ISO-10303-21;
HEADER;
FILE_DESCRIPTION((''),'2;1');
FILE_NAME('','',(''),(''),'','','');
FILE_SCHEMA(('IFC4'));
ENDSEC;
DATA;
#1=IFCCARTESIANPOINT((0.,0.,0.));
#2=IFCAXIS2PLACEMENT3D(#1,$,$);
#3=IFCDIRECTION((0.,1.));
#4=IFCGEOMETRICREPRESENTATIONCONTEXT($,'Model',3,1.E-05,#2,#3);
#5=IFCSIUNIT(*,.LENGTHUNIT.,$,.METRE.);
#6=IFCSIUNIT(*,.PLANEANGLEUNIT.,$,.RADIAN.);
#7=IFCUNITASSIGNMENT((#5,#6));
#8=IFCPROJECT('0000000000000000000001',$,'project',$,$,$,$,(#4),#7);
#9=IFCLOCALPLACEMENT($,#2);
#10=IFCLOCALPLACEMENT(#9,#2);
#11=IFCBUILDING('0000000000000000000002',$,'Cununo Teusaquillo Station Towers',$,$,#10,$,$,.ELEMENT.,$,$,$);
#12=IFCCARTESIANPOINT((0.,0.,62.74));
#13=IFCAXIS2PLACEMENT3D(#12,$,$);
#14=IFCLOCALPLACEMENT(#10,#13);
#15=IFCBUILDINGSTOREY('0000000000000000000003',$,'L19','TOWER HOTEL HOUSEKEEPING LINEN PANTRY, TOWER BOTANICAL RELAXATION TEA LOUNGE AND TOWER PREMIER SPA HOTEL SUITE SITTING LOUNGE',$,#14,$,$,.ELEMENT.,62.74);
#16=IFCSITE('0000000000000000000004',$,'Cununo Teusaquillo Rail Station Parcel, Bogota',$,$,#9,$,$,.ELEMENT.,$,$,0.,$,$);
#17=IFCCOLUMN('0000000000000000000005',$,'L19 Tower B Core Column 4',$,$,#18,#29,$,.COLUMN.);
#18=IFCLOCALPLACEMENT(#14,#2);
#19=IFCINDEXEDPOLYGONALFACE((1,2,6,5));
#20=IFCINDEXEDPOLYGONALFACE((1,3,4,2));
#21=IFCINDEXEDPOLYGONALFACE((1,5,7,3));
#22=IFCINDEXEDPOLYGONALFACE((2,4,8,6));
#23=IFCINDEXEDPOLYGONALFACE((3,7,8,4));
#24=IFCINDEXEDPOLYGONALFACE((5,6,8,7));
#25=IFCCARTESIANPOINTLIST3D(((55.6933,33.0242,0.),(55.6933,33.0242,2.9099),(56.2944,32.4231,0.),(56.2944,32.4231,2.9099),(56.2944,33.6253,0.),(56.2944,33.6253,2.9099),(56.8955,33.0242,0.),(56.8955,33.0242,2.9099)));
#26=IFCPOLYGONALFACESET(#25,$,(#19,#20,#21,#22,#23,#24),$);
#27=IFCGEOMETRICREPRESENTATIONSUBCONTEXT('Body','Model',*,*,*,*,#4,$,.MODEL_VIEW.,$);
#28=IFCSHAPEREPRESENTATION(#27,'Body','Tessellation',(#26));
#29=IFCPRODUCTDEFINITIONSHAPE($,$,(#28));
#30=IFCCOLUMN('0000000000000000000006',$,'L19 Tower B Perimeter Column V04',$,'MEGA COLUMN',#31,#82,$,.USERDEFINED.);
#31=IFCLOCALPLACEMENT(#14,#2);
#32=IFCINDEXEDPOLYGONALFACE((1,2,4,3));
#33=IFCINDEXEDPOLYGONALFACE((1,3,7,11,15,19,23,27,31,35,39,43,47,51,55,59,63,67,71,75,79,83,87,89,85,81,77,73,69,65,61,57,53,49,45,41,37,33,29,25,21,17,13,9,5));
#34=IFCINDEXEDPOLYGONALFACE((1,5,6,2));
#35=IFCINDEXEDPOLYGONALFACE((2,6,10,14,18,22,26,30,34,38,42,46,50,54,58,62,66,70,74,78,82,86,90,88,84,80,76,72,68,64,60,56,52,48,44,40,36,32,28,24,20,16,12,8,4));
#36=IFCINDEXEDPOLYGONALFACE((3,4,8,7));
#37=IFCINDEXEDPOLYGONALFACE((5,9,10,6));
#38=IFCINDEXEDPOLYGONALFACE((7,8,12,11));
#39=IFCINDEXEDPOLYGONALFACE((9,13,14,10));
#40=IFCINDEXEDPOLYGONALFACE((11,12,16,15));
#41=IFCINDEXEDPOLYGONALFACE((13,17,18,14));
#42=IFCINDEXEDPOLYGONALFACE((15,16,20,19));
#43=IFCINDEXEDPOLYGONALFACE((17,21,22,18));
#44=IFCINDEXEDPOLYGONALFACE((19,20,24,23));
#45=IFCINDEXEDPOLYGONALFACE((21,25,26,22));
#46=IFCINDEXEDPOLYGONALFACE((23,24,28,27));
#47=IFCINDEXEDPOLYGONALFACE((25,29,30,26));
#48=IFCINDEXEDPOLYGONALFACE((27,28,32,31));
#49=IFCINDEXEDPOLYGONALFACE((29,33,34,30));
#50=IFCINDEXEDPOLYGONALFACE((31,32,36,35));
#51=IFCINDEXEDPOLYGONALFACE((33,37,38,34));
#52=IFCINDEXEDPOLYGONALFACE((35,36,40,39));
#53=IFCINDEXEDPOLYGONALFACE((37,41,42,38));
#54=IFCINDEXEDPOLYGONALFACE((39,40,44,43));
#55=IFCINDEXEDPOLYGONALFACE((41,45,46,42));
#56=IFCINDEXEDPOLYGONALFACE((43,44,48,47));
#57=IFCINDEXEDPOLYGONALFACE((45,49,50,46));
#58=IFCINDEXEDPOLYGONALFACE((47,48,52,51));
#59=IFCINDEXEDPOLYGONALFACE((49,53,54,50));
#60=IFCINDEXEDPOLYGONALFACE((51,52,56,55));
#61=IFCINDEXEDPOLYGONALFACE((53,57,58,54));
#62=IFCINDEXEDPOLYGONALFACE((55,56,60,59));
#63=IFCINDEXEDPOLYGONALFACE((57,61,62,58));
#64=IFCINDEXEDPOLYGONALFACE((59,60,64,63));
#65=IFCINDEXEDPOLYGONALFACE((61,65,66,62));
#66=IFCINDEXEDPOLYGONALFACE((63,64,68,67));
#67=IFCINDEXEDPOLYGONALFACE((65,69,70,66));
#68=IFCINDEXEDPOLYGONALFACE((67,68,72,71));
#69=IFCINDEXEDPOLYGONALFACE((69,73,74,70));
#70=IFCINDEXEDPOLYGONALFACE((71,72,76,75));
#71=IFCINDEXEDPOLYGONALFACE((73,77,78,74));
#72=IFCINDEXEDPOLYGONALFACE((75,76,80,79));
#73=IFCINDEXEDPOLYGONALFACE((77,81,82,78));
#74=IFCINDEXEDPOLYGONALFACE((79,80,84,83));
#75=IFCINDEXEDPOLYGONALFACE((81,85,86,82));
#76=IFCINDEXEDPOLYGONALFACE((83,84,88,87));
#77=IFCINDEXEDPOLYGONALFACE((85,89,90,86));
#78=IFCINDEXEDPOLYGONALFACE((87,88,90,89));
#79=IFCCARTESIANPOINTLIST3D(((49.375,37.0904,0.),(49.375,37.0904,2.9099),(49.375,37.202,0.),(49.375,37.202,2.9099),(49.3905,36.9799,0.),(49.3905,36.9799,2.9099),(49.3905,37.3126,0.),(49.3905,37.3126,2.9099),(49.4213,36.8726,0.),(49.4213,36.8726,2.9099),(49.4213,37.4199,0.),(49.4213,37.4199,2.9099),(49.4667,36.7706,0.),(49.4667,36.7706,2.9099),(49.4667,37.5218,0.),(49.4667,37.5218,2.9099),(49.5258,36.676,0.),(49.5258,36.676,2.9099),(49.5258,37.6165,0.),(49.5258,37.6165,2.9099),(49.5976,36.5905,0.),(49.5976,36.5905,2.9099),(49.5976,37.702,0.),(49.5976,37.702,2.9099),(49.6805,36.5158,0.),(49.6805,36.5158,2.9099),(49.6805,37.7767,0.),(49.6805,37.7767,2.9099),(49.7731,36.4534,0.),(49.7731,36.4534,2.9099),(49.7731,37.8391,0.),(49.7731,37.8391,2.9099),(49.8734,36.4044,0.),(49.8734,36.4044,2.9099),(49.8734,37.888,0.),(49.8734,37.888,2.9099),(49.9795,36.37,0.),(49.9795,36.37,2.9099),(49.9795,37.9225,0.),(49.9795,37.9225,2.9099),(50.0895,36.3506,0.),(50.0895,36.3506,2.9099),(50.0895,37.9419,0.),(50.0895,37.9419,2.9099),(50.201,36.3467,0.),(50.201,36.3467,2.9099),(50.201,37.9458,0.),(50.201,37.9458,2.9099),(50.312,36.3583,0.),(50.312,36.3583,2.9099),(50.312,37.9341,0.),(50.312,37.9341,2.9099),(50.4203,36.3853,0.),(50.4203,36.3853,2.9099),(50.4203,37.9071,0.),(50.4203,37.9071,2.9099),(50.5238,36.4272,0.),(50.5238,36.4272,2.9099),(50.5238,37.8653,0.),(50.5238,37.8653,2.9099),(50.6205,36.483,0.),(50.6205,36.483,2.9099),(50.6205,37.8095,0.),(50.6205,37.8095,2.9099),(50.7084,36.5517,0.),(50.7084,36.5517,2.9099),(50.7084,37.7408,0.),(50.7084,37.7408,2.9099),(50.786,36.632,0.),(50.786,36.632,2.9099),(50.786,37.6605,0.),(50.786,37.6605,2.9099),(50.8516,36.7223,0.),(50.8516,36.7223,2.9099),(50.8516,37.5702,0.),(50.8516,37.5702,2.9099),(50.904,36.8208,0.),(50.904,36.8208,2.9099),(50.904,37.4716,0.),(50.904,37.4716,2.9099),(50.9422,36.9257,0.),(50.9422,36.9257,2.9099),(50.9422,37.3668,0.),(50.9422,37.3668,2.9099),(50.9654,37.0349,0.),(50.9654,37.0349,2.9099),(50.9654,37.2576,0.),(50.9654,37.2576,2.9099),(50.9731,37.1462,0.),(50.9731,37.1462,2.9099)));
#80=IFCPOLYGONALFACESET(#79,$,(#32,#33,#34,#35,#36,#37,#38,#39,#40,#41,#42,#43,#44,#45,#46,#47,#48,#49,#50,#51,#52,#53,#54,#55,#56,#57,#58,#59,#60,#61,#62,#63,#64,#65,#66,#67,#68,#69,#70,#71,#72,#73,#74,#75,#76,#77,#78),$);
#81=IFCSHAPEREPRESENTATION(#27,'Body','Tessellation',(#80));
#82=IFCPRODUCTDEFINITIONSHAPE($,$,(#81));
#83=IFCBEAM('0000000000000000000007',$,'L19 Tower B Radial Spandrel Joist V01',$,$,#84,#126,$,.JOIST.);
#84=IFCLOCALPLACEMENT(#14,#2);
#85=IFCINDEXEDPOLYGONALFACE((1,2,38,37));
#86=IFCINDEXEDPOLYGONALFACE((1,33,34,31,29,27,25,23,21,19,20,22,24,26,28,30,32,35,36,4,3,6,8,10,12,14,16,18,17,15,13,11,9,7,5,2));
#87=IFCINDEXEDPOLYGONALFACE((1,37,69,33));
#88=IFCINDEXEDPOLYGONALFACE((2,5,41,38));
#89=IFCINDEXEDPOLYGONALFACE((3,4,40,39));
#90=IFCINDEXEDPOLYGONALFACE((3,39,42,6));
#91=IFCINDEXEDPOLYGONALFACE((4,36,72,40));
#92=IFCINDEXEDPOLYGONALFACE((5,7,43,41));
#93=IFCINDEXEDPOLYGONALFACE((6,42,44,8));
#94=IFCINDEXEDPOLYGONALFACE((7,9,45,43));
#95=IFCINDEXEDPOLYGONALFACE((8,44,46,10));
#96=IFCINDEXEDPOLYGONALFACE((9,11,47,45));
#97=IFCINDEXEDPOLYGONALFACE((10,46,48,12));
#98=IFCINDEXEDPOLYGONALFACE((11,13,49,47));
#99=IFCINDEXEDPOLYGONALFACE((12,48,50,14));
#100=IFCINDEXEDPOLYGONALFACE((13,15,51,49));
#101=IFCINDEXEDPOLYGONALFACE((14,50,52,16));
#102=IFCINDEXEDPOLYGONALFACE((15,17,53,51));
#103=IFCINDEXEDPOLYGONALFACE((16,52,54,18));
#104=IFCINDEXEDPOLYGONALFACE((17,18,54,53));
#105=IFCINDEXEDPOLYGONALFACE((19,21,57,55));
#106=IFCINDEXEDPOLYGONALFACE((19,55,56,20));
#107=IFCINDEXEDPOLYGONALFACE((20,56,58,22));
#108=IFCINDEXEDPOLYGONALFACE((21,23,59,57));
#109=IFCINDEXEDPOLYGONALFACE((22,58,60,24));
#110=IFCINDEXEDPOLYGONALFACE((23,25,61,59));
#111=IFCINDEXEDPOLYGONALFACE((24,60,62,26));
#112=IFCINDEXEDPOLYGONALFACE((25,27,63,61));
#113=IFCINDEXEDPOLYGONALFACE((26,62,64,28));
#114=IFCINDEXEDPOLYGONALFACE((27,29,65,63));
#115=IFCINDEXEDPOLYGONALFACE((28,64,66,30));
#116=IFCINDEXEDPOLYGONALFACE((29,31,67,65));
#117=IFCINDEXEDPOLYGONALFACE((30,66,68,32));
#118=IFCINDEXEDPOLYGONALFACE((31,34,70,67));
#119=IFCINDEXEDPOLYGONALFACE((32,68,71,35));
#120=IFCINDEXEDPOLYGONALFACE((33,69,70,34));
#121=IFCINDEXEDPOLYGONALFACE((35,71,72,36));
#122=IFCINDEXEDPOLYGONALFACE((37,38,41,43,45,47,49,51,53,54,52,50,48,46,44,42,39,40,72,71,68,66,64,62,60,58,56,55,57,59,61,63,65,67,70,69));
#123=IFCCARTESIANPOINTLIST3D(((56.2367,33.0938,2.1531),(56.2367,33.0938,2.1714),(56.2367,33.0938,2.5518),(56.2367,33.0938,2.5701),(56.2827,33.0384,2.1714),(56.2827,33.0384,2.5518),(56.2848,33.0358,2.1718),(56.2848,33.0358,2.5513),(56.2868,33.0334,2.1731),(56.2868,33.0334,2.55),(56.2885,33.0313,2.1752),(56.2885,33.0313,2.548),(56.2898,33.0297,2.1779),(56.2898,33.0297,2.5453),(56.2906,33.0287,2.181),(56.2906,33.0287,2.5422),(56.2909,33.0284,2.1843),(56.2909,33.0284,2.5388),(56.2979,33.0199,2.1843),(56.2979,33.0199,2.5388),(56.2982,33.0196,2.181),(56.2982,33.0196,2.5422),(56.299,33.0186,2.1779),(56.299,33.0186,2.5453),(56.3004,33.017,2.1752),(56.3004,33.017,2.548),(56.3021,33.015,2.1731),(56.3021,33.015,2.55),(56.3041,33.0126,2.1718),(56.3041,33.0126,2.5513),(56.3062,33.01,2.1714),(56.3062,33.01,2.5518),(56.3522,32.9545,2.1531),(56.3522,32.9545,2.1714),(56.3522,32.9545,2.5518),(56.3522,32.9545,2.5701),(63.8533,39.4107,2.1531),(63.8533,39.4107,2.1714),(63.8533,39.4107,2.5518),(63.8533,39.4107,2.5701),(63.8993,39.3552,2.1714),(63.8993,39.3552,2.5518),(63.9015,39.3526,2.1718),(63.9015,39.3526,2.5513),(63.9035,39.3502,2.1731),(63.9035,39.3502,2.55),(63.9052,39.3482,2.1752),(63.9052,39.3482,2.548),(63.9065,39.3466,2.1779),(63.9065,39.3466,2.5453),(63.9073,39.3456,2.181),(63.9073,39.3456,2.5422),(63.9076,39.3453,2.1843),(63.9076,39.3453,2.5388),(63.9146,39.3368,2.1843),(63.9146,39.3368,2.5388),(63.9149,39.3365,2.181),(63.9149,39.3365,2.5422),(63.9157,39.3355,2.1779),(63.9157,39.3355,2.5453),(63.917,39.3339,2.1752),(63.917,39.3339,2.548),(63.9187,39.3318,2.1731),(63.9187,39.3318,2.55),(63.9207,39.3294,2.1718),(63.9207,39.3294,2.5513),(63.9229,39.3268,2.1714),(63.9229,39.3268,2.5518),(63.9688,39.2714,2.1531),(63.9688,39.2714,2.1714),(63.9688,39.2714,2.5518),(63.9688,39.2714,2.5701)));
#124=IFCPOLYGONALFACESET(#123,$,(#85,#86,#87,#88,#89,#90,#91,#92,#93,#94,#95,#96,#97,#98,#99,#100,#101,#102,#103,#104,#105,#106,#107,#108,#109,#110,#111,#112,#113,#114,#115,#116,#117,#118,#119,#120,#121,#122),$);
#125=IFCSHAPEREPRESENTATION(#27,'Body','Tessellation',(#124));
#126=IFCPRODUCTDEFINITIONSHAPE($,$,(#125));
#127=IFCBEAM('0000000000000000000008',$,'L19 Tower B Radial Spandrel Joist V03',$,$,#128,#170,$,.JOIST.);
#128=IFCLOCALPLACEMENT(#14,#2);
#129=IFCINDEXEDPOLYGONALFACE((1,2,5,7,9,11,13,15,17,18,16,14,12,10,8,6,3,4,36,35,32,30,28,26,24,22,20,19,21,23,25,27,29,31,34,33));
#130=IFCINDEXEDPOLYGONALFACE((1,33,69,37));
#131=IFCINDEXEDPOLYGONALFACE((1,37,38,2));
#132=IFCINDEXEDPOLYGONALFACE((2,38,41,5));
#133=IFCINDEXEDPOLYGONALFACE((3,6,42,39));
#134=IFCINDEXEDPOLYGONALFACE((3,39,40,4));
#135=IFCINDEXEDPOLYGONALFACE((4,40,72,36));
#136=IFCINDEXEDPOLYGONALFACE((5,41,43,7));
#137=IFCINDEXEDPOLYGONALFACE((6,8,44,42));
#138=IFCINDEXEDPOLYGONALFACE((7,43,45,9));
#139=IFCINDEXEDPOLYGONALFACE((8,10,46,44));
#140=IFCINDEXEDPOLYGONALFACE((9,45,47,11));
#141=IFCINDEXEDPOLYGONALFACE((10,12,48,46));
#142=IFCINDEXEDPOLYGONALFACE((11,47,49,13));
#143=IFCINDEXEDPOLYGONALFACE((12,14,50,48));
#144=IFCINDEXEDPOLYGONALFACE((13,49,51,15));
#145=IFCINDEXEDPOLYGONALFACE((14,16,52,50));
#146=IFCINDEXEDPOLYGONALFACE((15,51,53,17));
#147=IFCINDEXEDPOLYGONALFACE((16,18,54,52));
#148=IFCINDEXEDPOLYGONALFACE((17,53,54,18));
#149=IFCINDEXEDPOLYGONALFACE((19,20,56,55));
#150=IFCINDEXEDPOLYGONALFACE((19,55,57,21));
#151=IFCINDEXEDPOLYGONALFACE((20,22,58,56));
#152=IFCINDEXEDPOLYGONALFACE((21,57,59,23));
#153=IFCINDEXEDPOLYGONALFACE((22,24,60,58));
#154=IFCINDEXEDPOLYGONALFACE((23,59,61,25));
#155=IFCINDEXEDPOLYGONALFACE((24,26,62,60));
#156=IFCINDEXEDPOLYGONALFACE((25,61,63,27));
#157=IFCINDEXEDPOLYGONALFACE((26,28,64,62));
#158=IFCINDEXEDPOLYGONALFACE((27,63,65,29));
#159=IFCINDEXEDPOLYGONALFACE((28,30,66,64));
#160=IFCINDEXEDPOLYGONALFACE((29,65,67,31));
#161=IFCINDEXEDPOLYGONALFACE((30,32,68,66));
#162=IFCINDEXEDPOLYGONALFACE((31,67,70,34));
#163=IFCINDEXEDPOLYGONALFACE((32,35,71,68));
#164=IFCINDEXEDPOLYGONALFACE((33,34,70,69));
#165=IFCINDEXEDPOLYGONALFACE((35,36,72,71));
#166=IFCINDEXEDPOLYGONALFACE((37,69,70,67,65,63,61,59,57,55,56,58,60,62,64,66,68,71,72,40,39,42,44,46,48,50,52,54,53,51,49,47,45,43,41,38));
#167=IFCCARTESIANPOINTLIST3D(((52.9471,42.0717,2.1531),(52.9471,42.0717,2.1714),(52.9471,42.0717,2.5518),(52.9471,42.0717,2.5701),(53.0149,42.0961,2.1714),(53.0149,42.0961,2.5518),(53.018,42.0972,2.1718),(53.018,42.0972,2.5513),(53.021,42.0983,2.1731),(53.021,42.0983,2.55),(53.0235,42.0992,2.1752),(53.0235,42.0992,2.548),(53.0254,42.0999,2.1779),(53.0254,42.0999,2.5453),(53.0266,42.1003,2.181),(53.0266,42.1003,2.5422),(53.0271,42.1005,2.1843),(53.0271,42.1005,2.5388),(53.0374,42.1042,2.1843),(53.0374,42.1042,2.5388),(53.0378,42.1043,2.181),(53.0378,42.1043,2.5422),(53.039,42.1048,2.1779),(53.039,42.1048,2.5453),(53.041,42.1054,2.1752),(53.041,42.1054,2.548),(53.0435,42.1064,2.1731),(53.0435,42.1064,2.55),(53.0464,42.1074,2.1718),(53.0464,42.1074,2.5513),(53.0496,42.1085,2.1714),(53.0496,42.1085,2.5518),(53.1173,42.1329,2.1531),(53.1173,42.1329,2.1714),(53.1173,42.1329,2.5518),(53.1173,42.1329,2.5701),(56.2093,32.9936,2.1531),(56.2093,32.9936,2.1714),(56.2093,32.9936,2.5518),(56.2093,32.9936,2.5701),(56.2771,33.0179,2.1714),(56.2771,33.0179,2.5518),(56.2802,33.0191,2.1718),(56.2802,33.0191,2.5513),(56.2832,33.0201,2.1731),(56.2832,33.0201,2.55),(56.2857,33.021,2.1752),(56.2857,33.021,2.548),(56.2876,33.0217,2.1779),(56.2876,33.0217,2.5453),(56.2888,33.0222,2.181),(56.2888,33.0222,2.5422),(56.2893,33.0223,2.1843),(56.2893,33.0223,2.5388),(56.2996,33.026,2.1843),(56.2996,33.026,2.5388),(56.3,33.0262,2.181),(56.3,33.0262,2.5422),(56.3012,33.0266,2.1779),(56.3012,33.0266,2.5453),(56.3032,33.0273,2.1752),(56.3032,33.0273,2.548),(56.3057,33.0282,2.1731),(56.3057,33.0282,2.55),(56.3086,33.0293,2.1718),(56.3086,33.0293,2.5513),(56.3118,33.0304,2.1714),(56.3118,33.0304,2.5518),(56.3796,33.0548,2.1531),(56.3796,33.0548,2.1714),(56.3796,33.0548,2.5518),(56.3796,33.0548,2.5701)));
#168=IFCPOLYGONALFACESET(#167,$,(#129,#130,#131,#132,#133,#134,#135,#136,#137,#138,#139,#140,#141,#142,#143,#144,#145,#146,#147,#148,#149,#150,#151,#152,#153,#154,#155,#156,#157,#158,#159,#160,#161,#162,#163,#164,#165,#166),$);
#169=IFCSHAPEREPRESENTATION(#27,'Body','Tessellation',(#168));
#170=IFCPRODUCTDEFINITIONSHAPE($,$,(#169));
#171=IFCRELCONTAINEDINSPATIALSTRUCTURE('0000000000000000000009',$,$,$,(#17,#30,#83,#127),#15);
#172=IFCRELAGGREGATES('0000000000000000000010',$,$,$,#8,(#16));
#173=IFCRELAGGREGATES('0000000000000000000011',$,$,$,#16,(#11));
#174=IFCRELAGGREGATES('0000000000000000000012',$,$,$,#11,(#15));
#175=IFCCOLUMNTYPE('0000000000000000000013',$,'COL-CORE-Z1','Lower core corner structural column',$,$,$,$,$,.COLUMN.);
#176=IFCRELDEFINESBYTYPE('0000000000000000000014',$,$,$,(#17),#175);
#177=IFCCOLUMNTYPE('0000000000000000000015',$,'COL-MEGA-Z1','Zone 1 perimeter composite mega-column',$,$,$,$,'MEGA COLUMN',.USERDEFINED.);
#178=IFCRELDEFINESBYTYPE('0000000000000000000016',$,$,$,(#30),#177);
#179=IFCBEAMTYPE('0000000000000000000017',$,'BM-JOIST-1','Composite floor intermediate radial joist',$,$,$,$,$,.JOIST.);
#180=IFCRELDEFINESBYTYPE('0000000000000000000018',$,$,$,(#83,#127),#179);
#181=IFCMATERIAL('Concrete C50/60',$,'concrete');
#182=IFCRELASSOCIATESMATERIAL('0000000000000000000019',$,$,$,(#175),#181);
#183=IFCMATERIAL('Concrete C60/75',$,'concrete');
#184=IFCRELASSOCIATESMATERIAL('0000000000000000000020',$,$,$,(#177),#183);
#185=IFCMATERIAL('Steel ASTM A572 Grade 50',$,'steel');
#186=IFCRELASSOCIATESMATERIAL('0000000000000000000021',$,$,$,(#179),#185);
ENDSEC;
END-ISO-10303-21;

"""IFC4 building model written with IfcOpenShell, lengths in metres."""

from ifc_helpers import new_model, si_unit, direction, frame, origin, origin_2d, place, context, subcontext, project, spatial, rectangle, circle, i_section, extrude, material, material_profile, profile_set, type_object, element, save


model = new_model("IFC4")

# Units and contexts
model_context = context("Model", 3, precision=1e-05, world=origin(), true_north=direction((0.0, 1.0)))
body_context = subcontext(model_context, "Body", "Model", "MODEL_VIEW")
ifc_project = project(units=[si_unit("LENGTHUNIT", "METRE"), si_unit("PLANEANGLEUNIT", "RADIAN")], contexts=[model_context])

# Site, building, storey
site_placement = place(None, origin())
site = spatial("IfcSite", under=ifc_project, at=site_placement, Name="Cununo Teusaquillo Rail Station Parcel, Bogota", CompositionType="ELEMENT", RefElevation=0.0)
building_placement = place(site_placement, origin())
building = spatial("IfcBuilding", under=site, at=building_placement, Name="Cununo Teusaquillo Station Towers", CompositionType="ELEMENT")
storey_placement = place(building_placement, frame((0.0, 0.0, 62.74)))
storey = spatial("IfcBuildingStorey", under=building, at=storey_placement, Name="L19", Description="TOWER HOTEL HOUSEKEEPING LINEN PANTRY, TOWER BOTANICAL RELAXATION TEA LOUNGE AND TOWER PREMIER SPA HOTEL SUITE SITTING LOUNGE", CompositionType="ELEMENT", Elevation=62.74)

# Columns
ifc_material_1 = material(Name="Concrete C50/60", Category="concrete")
ifc_material_profile_1 = material_profile(ifc_material_1, rectangle(XDim=0.8501, YDim=0.8501, at=origin_2d()), Name="RC-RECT-850x850")
ifc_profile_set_1 = profile_set([ifc_material_profile_1], Name="Concrete C50/60")
column_type_1 = type_object("IfcColumnType", Name="COL-CORE-Z1", Description="Lower core corner structural column", PredefinedType="COLUMN", material=ifc_profile_set_1)
column_1_placement = place(storey_placement, frame((56.2944, 33.0242, 0.0), z_axis=(0.0, 0.0, 1.0), x_axis=(0.707107, 0.707107, 0.0)))
element("IfcColumn", 1, at=column_1_placement, inside=storey, type_object=column_type_1, Name="L19 Tower B Core Column 4", PredefinedType="COLUMN", context=body_context, shape_type="SweptSolid", body=[
    extrude(rectangle(XDim=0.8501, YDim=0.8501, at=origin_2d()), origin(), (0.0, 0.0, 1.0), 2.9099),
])
ifc_material_2 = material(Name="Concrete C60/75", Category="concrete")
ifc_material_profile_2 = material_profile(ifc_material_2, circle(Radius=0.8, at=origin_2d()), Name="RC-CIRC-1600")
ifc_profile_set_2 = profile_set([ifc_material_profile_2], Name="Concrete C60/75")
column_type_2 = type_object("IfcColumnType", Name="COL-MEGA-Z1", Description="Zone 1 perimeter composite mega-column", ElementType="MEGA COLUMN", PredefinedType="USERDEFINED", material=ifc_profile_set_2)
column_2_placement = place(storey_placement, frame((50.1731, 37.1462, 0.0), z_axis=(0.0, 0.0, 1.0), x_axis=(1.0, 0.0, 0.0)))
element("IfcColumn", 2, at=column_2_placement, inside=storey, type_object=column_type_2, Name="L19 Tower B Perimeter Column V04", ObjectType="MEGA COLUMN", PredefinedType="USERDEFINED", context=body_context, shape_type="SweptSolid", body=[
    extrude(circle(Radius=0.8, at=origin_2d()), origin(), (0.0, 0.0, 1.0), 2.9099),
])

# Beams
ifc_material_3 = material(Name="Steel ASTM A572 Grade 50", Category="steel")
ifc_material_profile_3 = material_profile(ifc_material_3, i_section(OverallWidth=0.1809, OverallDepth=0.417, WebThickness=0.011, FlangeThickness=0.0183, FilletRadius=0.0129, at=origin_2d()), Name="W16X57")
ifc_profile_set_3 = profile_set([ifc_material_profile_3], Name="Steel ASTM A572 Grade 50")
beam_type_1 = type_object("IfcBeamType", Name="BM-JOIST-1", Description="Composite floor intermediate radial joist", PredefinedType="JOIST", material=ifc_profile_set_3)
beam_1_placement = place(storey_placement, frame((56.2944, 33.0242, 2.3616), z_axis=(0.769728, 0.638372, 0.0), x_axis=(-0.638372, 0.769728, 0.0)))
element("IfcBeam", 3, at=beam_1_placement, inside=storey, type_object=beam_type_1, Name="L19 Tower B Radial Spandrel Joist V01", PredefinedType="JOIST", context=body_context, shape_type="SweptSolid", body=[
    extrude(i_section(OverallWidth=0.1809, OverallDepth=0.417, WebThickness=0.011, FlangeThickness=0.0183, FilletRadius=0.0129, at=origin_2d()), origin(), (0.0, 0.0, 1.0), 9.8953),
])
beam_2_placement = place(storey_placement, frame((56.2944, 33.0242, 2.3616), z_axis=(-0.338176, 0.941083, 0.0), x_axis=(-0.941083, -0.338176, 0.0)))
element("IfcBeam", 4, at=beam_2_placement, inside=storey, type_object=beam_type_1, Name="L19 Tower B Radial Spandrel Joist V03", PredefinedType="JOIST", context=body_context, shape_type="SweptSolid", body=[
    extrude(i_section(OverallWidth=0.1809, OverallDepth=0.417, WebThickness=0.011, FlangeThickness=0.0183, FilletRadius=0.0129, at=origin_2d()), origin(), (0.0, 0.0, 1.0), 9.6465),
])

save(model, "model.ifc")
